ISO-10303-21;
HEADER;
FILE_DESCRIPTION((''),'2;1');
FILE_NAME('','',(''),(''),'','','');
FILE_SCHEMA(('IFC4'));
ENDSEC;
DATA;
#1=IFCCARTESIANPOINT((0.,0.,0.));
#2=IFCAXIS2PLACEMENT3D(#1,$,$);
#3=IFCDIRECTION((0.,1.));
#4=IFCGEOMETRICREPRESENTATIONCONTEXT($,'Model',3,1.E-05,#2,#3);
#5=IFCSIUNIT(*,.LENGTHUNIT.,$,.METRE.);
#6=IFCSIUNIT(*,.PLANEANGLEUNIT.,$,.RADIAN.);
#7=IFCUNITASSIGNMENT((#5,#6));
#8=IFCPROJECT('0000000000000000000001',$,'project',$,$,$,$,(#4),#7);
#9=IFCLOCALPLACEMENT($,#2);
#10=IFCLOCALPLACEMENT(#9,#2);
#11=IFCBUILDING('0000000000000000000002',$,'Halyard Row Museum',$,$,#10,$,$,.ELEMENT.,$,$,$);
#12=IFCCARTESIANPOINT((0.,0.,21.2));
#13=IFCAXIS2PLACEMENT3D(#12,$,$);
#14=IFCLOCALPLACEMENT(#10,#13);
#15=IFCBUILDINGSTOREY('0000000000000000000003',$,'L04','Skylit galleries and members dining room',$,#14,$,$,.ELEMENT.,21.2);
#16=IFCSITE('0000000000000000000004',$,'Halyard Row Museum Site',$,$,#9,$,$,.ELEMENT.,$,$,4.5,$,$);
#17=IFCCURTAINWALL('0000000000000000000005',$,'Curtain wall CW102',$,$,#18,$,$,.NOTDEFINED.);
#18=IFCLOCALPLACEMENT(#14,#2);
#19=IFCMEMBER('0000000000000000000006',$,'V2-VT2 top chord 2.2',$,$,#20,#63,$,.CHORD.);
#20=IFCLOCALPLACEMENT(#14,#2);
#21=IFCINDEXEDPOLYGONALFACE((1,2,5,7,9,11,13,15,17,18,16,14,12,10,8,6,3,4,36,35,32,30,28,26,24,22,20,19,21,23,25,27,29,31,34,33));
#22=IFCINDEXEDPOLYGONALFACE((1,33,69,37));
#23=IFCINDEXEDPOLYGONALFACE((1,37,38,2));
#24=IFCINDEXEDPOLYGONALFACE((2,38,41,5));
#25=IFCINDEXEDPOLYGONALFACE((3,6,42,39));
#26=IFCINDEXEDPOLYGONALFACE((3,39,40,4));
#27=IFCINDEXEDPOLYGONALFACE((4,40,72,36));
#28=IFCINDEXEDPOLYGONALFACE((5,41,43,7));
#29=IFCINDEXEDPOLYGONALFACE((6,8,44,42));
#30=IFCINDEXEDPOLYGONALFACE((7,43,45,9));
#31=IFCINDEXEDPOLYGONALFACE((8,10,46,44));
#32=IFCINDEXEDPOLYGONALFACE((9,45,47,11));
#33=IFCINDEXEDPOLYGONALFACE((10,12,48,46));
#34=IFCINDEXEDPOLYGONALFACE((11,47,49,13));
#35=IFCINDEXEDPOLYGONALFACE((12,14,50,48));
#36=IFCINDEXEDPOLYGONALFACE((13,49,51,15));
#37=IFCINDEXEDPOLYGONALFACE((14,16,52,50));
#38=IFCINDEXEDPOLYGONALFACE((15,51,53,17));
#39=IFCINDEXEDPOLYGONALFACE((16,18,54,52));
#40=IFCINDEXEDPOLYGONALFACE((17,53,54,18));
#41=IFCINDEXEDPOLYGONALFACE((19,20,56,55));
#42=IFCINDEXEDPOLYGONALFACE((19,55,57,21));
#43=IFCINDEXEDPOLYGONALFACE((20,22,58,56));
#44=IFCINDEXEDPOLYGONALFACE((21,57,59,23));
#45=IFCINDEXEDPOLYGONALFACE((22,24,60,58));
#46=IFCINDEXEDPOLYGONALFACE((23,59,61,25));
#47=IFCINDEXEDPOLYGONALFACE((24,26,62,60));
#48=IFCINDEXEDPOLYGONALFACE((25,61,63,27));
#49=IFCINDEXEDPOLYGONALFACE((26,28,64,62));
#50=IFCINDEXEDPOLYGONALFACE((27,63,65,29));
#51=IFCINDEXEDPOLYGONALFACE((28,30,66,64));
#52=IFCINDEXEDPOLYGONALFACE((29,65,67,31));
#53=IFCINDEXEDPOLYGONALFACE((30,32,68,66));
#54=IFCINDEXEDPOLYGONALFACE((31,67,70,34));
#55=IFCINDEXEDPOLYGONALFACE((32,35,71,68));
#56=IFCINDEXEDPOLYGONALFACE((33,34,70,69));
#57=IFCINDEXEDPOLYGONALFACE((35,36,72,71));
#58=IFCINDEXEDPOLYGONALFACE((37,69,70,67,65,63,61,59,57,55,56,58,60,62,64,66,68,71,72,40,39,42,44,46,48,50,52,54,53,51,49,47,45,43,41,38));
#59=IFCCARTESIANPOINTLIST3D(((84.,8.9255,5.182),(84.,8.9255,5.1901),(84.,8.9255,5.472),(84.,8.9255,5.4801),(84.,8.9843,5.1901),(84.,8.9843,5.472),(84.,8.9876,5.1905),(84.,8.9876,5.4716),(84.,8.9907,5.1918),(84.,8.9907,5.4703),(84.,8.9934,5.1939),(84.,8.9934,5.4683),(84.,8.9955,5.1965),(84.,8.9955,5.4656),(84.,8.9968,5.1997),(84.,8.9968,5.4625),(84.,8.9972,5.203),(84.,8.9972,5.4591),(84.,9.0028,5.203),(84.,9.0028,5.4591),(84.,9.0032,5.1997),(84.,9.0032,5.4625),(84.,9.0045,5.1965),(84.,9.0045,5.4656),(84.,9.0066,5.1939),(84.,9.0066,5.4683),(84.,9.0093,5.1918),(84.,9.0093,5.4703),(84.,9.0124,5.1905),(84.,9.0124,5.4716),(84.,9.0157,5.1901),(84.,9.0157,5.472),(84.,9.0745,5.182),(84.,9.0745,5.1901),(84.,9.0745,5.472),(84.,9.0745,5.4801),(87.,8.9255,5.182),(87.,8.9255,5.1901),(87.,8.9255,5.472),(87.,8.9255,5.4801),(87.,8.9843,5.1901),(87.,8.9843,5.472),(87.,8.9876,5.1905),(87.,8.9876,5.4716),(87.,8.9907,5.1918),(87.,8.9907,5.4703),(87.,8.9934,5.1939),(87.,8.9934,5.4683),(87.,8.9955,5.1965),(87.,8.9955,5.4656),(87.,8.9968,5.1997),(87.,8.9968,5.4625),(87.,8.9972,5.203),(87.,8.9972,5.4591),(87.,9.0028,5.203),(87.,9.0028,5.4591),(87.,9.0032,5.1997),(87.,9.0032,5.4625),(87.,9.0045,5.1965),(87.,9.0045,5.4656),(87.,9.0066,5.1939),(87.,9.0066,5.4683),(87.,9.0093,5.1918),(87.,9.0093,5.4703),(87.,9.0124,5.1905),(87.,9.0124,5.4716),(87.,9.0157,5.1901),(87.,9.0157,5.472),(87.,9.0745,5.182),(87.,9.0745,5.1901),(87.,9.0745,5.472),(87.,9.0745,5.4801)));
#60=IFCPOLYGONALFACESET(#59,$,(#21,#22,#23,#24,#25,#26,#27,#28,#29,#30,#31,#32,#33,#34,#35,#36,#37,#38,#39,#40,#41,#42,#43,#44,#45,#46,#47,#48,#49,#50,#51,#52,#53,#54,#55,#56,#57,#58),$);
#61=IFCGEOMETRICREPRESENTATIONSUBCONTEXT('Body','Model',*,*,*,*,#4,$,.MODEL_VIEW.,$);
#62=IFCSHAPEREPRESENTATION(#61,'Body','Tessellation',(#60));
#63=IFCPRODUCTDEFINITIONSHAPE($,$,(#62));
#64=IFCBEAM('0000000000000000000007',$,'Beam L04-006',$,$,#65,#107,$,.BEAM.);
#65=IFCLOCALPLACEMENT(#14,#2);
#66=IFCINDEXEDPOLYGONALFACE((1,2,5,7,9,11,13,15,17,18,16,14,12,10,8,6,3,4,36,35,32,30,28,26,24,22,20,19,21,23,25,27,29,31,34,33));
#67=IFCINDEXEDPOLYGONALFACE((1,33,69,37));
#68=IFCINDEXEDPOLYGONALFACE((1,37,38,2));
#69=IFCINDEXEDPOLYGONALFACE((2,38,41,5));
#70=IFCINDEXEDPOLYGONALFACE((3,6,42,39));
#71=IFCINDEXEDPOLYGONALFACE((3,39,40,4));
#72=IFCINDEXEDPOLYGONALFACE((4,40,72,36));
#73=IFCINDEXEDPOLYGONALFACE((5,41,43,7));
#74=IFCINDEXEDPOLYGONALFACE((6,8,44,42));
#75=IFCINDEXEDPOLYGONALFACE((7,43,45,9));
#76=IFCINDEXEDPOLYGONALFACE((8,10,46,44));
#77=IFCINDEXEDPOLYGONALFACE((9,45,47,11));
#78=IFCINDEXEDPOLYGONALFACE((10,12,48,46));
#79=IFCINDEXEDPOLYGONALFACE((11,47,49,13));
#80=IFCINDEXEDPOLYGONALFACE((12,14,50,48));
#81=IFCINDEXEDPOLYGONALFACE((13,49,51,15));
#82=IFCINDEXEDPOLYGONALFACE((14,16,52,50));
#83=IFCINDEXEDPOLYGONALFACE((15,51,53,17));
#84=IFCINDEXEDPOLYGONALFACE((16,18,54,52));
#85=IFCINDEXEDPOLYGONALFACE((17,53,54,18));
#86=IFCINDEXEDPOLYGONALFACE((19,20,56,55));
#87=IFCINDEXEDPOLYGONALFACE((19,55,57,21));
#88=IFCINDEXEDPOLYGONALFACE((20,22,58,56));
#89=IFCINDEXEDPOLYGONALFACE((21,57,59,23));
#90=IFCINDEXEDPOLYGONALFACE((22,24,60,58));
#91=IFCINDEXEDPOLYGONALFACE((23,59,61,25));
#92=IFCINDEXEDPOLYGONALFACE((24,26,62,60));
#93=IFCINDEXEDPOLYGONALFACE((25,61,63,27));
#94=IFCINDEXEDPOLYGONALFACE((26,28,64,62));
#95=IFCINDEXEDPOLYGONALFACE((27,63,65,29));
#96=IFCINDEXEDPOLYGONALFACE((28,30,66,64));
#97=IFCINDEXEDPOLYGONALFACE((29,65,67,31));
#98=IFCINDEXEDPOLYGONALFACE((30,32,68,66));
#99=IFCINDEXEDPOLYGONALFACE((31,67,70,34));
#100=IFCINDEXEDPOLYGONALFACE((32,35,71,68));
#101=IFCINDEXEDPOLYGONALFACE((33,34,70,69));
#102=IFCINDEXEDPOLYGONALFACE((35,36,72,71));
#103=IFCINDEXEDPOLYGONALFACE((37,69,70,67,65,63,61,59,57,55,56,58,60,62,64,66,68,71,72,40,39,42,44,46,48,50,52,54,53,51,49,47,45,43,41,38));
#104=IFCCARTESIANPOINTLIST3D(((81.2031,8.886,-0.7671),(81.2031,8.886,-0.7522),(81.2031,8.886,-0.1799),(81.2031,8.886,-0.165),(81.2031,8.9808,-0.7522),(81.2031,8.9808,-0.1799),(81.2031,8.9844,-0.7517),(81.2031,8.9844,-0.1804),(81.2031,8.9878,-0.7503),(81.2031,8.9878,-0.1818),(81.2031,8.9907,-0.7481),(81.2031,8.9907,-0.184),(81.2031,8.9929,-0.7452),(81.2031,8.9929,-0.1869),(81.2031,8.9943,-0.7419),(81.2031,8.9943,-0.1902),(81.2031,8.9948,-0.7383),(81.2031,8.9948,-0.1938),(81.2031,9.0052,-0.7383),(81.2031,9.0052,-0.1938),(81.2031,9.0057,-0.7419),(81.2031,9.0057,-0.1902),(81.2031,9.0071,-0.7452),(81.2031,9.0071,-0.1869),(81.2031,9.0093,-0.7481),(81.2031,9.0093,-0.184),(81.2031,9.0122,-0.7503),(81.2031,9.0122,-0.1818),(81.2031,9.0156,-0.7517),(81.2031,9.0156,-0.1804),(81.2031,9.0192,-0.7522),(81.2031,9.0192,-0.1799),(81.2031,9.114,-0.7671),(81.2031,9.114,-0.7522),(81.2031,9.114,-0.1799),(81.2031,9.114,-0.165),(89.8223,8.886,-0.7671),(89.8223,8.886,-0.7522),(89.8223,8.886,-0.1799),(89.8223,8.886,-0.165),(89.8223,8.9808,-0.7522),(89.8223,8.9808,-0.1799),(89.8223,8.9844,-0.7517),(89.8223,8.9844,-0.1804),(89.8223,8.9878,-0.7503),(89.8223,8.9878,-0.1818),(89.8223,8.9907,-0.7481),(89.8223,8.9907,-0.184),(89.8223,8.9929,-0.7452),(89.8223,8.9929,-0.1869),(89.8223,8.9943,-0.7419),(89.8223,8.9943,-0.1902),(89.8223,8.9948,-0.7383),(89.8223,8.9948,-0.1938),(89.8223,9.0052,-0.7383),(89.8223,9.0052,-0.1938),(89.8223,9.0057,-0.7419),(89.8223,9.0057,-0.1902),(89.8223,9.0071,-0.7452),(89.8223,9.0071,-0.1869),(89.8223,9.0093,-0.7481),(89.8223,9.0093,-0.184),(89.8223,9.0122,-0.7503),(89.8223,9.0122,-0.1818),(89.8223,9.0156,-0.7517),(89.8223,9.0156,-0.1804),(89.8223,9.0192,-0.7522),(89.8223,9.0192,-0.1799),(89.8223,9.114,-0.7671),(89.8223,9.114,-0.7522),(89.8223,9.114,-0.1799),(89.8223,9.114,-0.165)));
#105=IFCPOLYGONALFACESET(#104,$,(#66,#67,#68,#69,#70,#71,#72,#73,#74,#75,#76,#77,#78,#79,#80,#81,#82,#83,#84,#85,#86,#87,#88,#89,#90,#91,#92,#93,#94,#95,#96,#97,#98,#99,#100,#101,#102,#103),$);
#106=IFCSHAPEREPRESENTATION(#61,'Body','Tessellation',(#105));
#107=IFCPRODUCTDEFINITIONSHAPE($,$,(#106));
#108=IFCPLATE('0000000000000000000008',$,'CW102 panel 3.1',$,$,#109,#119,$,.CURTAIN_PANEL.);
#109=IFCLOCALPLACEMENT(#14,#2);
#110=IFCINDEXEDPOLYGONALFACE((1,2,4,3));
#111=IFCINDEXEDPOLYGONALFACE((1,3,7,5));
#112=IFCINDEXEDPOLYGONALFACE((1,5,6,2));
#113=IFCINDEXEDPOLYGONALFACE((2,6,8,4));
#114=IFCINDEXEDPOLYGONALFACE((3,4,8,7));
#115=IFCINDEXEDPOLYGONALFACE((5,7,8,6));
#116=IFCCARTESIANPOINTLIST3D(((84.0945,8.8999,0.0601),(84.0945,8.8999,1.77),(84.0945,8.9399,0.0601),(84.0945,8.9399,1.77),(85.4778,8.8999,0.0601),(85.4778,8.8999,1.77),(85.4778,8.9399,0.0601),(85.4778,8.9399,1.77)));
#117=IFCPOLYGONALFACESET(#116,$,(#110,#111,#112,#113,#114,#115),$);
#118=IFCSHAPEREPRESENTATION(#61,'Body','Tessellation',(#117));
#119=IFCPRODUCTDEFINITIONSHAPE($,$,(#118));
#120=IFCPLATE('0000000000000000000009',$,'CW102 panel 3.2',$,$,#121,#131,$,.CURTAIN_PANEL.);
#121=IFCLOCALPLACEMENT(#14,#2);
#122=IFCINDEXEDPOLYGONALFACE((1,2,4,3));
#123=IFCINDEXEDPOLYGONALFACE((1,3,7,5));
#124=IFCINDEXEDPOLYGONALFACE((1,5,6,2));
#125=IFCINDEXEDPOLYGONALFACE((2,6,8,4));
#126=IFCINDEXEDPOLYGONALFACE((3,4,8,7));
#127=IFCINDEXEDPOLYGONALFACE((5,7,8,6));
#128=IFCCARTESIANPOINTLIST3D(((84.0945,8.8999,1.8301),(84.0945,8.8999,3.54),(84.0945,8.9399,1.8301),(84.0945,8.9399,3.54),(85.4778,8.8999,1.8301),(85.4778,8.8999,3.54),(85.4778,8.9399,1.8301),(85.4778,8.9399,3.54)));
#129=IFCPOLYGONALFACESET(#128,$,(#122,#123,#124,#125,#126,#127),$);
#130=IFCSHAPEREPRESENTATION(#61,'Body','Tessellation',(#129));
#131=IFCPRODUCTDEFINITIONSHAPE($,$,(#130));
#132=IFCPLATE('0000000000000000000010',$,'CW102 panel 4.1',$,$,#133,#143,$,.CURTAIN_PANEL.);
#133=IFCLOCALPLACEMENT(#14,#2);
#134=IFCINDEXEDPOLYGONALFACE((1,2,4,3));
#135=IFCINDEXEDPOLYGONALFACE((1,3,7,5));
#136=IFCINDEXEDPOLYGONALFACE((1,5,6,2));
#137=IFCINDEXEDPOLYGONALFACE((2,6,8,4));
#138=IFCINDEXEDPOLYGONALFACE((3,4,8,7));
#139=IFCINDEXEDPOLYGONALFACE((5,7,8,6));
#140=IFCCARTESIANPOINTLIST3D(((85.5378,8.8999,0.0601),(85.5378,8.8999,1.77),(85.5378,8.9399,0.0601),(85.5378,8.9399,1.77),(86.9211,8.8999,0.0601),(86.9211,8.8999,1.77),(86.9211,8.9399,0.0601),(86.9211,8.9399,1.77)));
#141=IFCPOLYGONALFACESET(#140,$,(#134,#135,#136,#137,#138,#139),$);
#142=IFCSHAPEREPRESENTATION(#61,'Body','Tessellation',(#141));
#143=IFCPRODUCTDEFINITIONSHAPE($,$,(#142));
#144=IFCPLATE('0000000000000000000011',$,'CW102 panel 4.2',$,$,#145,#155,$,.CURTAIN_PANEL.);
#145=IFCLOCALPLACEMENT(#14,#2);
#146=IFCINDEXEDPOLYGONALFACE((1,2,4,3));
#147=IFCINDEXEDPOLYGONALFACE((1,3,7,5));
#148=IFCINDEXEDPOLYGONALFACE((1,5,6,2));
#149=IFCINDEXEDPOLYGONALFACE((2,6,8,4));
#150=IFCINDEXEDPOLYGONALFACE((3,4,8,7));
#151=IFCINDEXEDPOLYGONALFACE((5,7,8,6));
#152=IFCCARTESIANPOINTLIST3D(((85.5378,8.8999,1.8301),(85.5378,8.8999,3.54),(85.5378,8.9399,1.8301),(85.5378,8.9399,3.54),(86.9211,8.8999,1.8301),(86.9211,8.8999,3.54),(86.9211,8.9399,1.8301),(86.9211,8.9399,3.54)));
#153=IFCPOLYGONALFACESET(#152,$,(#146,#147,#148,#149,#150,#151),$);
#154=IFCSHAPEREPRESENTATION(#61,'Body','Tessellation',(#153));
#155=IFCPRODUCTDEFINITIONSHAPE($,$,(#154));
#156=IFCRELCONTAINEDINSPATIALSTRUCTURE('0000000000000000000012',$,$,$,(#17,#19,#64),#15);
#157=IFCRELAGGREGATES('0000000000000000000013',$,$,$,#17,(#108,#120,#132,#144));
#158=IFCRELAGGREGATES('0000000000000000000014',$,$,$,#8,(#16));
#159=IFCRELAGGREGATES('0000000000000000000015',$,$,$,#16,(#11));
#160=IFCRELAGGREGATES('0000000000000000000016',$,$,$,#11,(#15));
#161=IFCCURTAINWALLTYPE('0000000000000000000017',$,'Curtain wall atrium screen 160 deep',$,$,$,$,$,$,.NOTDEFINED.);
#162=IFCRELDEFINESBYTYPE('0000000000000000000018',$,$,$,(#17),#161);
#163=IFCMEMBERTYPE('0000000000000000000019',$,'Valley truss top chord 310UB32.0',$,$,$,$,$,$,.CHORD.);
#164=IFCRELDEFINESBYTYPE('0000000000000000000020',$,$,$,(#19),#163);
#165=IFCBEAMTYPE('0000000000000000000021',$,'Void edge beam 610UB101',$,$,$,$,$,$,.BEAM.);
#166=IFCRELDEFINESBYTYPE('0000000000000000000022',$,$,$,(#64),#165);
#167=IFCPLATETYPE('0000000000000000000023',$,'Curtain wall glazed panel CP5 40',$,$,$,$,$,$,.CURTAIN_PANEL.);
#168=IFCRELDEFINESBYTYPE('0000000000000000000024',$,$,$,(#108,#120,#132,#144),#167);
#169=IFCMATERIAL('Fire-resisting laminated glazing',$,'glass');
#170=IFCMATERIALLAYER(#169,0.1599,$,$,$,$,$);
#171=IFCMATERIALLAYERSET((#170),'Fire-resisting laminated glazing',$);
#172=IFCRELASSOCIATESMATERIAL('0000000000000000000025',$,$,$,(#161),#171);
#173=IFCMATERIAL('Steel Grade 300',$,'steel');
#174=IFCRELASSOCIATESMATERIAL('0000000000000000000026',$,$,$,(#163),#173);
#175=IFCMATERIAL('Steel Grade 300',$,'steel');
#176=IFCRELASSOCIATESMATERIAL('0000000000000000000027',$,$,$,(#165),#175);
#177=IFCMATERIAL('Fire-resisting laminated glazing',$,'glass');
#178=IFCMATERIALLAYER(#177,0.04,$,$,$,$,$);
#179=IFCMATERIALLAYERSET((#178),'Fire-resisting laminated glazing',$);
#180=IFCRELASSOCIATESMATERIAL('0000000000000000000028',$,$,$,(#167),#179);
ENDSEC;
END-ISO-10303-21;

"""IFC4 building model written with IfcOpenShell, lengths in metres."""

from ifc_helpers import new_model, si_unit, direction, frame, origin, origin_2d, place, context, subcontext, project, spatial, rectangle, i_section, extrude, material, layer, layer_set, material_profile, profile_set, type_object, element, aggregate, save


model = new_model("IFC4")

# Units and contexts
model_context = context("Model", 3, precision=1e-05, world=origin(), true_north=direction((0.0, 1.0)))
body_context = subcontext(model_context, "Body", "Model", "MODEL_VIEW")
ifc_project = project(units=[si_unit("LENGTHUNIT", "METRE"), si_unit("PLANEANGLEUNIT", "RADIAN")], contexts=[model_context])

# Site, building, storey
site_placement = place(None, origin())
site = spatial("IfcSite", under=ifc_project, at=site_placement, Name="Halyard Row Museum Site", CompositionType="ELEMENT", RefElevation=4.5)
building_placement = place(site_placement, origin())
building = spatial("IfcBuilding", under=site, at=building_placement, Name="Halyard Row Museum", CompositionType="ELEMENT")
storey_placement = place(building_placement, frame((0.0, 0.0, 21.2)))
storey = spatial("IfcBuildingStorey", under=building, at=storey_placement, Name="L04", Description="Skylit galleries and members dining room", CompositionType="ELEMENT", Elevation=21.2)

# Curtain wall
ifc_material_1 = material(Name="Fire-resisting laminated glazing", Category="glass")
ifc_layer_1 = layer(ifc_material_1, 0.1599)
ifc_layer_set_1 = layer_set([ifc_layer_1], Name="Fire-resisting laminated glazing")
curtain_wall_type = type_object("IfcCurtainWallType", Name="Curtain wall atrium screen 160 deep", PredefinedType="NOTDEFINED", material=ifc_layer_set_1)
curtain_wall_placement = place(storey_placement, origin())
curtain_wall = element("IfcCurtainWall", 1, at=curtain_wall_placement, inside=storey, type_object=curtain_wall_type, Name="Curtain wall CW102", PredefinedType="NOTDEFINED")

# Member
ifc_material_2 = material(Name="Steel Grade 300", Category="steel")
ifc_material_profile_1 = material_profile(ifc_material_2, i_section(OverallWidth=0.1489, OverallDepth=0.2981, WebThickness=0.0056, FlangeThickness=0.0081, FilletRadius=0.0129, at=origin_2d()), Name="310UB32.0")
ifc_profile_set_1 = profile_set([ifc_material_profile_1], Name="Steel Grade 300")
member_type_1 = type_object("IfcMemberType", Name="Valley truss top chord 310UB32.0", PredefinedType="CHORD", material=ifc_profile_set_1)
for number, where, z_axis, x_axis, name in (
    (2, (84.0, 9.0, 5.3311), (1.0, 0.0, 0.0), (0.0, 1.0, 0.0), "V2-VT2 top chord 2.2"),
):
    element("IfcMember", number, at=place(storey_placement, frame(where, z_axis=z_axis, x_axis=x_axis)), inside=storey, type_object=member_type_1, Name=name, PredefinedType="CHORD", context=body_context, shape_type="SweptSolid", body=[
        extrude(i_section(OverallWidth=0.1489, OverallDepth=0.2981, WebThickness=0.0056, FlangeThickness=0.0081, FilletRadius=0.0129, at=origin_2d()), origin(), (0.0, 0.0, 1.0), 3.0),
    ])

# Beam
ifc_material_3 = material(Name="Steel Grade 300", Category="steel")
ifc_material_profile_2 = material_profile(ifc_material_3, i_section(OverallWidth=0.228, OverallDepth=0.6021, WebThickness=0.0105, FlangeThickness=0.0149, FilletRadius=0.0139, at=origin_2d()), Name="610UB101")
ifc_profile_set_2 = profile_set([ifc_material_profile_2], Name="Steel Grade 300")
beam_type = type_object("IfcBeamType", Name="Void edge beam 610UB101", PredefinedType="BEAM", material=ifc_profile_set_2)
beam_placement = place(storey_placement, frame((81.2031, 9.0, -0.4661), z_axis=(1.0, 0.0, 0.0), x_axis=(0.0, 1.0, 0.0)))
element("IfcBeam", 3, at=beam_placement, inside=storey, type_object=beam_type, Name="Beam L04-006", PredefinedType="BEAM", context=body_context, shape_type="SweptSolid", body=[
    extrude(i_section(OverallWidth=0.228, OverallDepth=0.6021, WebThickness=0.0105, FlangeThickness=0.0149, FilletRadius=0.0139, at=origin_2d()), origin(), (0.0, 0.0, 1.0), 8.6191),
])

# Plates
ifc_material_4 = material(Name="Fire-resisting laminated glazing", Category="glass")
ifc_layer_2 = layer(ifc_material_4, 0.04)
ifc_layer_set_2 = layer_set([ifc_layer_2], Name="Fire-resisting laminated glazing")
plate_type = type_object("IfcPlateType", Name="Curtain wall glazed panel CP5 40", PredefinedType="CURTAIN_PANEL", material=ifc_layer_set_2)
plate_1_placement = place(storey_placement, frame((84.7861, 8.9199, 0.0601), z_axis=(0.0, 0.0, 1.0), x_axis=(1.0, 0.0, 0.0)))
plate_1 = element("IfcPlate", 4, at=plate_1_placement, type_object=plate_type, Name="CW102 panel 3.1", PredefinedType="CURTAIN_PANEL", context=body_context, shape_type="SweptSolid", body=[
    extrude(rectangle(XDim=1.3833, YDim=0.04, at=origin_2d()), origin(), (0.0, 0.0, 1.0), 1.71),
])
plate_2_placement = place(storey_placement, frame((84.7861, 8.9199, 1.8301), z_axis=(0.0, 0.0, 1.0), x_axis=(1.0, 0.0, 0.0)))
plate_2 = element("IfcPlate", 5, at=plate_2_placement, type_object=plate_type, Name="CW102 panel 3.2", PredefinedType="CURTAIN_PANEL", context=body_context, shape_type="SweptSolid", body=[
    extrude(rectangle(XDim=1.3833, YDim=0.04, at=origin_2d()), origin(), (0.0, 0.0, 1.0), 1.71),
])
plate_3_placement = place(storey_placement, frame((86.2295, 8.9199, 0.0601), z_axis=(0.0, 0.0, 1.0), x_axis=(1.0, 0.0, 0.0)))
plate_3 = element("IfcPlate", 6, at=plate_3_placement, type_object=plate_type, Name="CW102 panel 4.1", PredefinedType="CURTAIN_PANEL", context=body_context, shape_type="SweptSolid", body=[
    extrude(rectangle(XDim=1.3833, YDim=0.04, at=origin_2d()), origin(), (0.0, 0.0, 1.0), 1.71),
])
plate_4_placement = place(storey_placement, frame((86.2295, 8.9199, 1.8301), z_axis=(0.0, 0.0, 1.0), x_axis=(1.0, 0.0, 0.0)))
plate_4 = element("IfcPlate", 7, at=plate_4_placement, type_object=plate_type, Name="CW102 panel 4.2", PredefinedType="CURTAIN_PANEL", context=body_context, shape_type="SweptSolid", body=[
    extrude(rectangle(XDim=1.3833, YDim=0.04, at=origin_2d()), origin(), (0.0, 0.0, 1.0), 1.71),
])
aggregate(curtain_wall, [plate_1, plate_2, plate_3, plate_4])

save(model, "model.ifc")
